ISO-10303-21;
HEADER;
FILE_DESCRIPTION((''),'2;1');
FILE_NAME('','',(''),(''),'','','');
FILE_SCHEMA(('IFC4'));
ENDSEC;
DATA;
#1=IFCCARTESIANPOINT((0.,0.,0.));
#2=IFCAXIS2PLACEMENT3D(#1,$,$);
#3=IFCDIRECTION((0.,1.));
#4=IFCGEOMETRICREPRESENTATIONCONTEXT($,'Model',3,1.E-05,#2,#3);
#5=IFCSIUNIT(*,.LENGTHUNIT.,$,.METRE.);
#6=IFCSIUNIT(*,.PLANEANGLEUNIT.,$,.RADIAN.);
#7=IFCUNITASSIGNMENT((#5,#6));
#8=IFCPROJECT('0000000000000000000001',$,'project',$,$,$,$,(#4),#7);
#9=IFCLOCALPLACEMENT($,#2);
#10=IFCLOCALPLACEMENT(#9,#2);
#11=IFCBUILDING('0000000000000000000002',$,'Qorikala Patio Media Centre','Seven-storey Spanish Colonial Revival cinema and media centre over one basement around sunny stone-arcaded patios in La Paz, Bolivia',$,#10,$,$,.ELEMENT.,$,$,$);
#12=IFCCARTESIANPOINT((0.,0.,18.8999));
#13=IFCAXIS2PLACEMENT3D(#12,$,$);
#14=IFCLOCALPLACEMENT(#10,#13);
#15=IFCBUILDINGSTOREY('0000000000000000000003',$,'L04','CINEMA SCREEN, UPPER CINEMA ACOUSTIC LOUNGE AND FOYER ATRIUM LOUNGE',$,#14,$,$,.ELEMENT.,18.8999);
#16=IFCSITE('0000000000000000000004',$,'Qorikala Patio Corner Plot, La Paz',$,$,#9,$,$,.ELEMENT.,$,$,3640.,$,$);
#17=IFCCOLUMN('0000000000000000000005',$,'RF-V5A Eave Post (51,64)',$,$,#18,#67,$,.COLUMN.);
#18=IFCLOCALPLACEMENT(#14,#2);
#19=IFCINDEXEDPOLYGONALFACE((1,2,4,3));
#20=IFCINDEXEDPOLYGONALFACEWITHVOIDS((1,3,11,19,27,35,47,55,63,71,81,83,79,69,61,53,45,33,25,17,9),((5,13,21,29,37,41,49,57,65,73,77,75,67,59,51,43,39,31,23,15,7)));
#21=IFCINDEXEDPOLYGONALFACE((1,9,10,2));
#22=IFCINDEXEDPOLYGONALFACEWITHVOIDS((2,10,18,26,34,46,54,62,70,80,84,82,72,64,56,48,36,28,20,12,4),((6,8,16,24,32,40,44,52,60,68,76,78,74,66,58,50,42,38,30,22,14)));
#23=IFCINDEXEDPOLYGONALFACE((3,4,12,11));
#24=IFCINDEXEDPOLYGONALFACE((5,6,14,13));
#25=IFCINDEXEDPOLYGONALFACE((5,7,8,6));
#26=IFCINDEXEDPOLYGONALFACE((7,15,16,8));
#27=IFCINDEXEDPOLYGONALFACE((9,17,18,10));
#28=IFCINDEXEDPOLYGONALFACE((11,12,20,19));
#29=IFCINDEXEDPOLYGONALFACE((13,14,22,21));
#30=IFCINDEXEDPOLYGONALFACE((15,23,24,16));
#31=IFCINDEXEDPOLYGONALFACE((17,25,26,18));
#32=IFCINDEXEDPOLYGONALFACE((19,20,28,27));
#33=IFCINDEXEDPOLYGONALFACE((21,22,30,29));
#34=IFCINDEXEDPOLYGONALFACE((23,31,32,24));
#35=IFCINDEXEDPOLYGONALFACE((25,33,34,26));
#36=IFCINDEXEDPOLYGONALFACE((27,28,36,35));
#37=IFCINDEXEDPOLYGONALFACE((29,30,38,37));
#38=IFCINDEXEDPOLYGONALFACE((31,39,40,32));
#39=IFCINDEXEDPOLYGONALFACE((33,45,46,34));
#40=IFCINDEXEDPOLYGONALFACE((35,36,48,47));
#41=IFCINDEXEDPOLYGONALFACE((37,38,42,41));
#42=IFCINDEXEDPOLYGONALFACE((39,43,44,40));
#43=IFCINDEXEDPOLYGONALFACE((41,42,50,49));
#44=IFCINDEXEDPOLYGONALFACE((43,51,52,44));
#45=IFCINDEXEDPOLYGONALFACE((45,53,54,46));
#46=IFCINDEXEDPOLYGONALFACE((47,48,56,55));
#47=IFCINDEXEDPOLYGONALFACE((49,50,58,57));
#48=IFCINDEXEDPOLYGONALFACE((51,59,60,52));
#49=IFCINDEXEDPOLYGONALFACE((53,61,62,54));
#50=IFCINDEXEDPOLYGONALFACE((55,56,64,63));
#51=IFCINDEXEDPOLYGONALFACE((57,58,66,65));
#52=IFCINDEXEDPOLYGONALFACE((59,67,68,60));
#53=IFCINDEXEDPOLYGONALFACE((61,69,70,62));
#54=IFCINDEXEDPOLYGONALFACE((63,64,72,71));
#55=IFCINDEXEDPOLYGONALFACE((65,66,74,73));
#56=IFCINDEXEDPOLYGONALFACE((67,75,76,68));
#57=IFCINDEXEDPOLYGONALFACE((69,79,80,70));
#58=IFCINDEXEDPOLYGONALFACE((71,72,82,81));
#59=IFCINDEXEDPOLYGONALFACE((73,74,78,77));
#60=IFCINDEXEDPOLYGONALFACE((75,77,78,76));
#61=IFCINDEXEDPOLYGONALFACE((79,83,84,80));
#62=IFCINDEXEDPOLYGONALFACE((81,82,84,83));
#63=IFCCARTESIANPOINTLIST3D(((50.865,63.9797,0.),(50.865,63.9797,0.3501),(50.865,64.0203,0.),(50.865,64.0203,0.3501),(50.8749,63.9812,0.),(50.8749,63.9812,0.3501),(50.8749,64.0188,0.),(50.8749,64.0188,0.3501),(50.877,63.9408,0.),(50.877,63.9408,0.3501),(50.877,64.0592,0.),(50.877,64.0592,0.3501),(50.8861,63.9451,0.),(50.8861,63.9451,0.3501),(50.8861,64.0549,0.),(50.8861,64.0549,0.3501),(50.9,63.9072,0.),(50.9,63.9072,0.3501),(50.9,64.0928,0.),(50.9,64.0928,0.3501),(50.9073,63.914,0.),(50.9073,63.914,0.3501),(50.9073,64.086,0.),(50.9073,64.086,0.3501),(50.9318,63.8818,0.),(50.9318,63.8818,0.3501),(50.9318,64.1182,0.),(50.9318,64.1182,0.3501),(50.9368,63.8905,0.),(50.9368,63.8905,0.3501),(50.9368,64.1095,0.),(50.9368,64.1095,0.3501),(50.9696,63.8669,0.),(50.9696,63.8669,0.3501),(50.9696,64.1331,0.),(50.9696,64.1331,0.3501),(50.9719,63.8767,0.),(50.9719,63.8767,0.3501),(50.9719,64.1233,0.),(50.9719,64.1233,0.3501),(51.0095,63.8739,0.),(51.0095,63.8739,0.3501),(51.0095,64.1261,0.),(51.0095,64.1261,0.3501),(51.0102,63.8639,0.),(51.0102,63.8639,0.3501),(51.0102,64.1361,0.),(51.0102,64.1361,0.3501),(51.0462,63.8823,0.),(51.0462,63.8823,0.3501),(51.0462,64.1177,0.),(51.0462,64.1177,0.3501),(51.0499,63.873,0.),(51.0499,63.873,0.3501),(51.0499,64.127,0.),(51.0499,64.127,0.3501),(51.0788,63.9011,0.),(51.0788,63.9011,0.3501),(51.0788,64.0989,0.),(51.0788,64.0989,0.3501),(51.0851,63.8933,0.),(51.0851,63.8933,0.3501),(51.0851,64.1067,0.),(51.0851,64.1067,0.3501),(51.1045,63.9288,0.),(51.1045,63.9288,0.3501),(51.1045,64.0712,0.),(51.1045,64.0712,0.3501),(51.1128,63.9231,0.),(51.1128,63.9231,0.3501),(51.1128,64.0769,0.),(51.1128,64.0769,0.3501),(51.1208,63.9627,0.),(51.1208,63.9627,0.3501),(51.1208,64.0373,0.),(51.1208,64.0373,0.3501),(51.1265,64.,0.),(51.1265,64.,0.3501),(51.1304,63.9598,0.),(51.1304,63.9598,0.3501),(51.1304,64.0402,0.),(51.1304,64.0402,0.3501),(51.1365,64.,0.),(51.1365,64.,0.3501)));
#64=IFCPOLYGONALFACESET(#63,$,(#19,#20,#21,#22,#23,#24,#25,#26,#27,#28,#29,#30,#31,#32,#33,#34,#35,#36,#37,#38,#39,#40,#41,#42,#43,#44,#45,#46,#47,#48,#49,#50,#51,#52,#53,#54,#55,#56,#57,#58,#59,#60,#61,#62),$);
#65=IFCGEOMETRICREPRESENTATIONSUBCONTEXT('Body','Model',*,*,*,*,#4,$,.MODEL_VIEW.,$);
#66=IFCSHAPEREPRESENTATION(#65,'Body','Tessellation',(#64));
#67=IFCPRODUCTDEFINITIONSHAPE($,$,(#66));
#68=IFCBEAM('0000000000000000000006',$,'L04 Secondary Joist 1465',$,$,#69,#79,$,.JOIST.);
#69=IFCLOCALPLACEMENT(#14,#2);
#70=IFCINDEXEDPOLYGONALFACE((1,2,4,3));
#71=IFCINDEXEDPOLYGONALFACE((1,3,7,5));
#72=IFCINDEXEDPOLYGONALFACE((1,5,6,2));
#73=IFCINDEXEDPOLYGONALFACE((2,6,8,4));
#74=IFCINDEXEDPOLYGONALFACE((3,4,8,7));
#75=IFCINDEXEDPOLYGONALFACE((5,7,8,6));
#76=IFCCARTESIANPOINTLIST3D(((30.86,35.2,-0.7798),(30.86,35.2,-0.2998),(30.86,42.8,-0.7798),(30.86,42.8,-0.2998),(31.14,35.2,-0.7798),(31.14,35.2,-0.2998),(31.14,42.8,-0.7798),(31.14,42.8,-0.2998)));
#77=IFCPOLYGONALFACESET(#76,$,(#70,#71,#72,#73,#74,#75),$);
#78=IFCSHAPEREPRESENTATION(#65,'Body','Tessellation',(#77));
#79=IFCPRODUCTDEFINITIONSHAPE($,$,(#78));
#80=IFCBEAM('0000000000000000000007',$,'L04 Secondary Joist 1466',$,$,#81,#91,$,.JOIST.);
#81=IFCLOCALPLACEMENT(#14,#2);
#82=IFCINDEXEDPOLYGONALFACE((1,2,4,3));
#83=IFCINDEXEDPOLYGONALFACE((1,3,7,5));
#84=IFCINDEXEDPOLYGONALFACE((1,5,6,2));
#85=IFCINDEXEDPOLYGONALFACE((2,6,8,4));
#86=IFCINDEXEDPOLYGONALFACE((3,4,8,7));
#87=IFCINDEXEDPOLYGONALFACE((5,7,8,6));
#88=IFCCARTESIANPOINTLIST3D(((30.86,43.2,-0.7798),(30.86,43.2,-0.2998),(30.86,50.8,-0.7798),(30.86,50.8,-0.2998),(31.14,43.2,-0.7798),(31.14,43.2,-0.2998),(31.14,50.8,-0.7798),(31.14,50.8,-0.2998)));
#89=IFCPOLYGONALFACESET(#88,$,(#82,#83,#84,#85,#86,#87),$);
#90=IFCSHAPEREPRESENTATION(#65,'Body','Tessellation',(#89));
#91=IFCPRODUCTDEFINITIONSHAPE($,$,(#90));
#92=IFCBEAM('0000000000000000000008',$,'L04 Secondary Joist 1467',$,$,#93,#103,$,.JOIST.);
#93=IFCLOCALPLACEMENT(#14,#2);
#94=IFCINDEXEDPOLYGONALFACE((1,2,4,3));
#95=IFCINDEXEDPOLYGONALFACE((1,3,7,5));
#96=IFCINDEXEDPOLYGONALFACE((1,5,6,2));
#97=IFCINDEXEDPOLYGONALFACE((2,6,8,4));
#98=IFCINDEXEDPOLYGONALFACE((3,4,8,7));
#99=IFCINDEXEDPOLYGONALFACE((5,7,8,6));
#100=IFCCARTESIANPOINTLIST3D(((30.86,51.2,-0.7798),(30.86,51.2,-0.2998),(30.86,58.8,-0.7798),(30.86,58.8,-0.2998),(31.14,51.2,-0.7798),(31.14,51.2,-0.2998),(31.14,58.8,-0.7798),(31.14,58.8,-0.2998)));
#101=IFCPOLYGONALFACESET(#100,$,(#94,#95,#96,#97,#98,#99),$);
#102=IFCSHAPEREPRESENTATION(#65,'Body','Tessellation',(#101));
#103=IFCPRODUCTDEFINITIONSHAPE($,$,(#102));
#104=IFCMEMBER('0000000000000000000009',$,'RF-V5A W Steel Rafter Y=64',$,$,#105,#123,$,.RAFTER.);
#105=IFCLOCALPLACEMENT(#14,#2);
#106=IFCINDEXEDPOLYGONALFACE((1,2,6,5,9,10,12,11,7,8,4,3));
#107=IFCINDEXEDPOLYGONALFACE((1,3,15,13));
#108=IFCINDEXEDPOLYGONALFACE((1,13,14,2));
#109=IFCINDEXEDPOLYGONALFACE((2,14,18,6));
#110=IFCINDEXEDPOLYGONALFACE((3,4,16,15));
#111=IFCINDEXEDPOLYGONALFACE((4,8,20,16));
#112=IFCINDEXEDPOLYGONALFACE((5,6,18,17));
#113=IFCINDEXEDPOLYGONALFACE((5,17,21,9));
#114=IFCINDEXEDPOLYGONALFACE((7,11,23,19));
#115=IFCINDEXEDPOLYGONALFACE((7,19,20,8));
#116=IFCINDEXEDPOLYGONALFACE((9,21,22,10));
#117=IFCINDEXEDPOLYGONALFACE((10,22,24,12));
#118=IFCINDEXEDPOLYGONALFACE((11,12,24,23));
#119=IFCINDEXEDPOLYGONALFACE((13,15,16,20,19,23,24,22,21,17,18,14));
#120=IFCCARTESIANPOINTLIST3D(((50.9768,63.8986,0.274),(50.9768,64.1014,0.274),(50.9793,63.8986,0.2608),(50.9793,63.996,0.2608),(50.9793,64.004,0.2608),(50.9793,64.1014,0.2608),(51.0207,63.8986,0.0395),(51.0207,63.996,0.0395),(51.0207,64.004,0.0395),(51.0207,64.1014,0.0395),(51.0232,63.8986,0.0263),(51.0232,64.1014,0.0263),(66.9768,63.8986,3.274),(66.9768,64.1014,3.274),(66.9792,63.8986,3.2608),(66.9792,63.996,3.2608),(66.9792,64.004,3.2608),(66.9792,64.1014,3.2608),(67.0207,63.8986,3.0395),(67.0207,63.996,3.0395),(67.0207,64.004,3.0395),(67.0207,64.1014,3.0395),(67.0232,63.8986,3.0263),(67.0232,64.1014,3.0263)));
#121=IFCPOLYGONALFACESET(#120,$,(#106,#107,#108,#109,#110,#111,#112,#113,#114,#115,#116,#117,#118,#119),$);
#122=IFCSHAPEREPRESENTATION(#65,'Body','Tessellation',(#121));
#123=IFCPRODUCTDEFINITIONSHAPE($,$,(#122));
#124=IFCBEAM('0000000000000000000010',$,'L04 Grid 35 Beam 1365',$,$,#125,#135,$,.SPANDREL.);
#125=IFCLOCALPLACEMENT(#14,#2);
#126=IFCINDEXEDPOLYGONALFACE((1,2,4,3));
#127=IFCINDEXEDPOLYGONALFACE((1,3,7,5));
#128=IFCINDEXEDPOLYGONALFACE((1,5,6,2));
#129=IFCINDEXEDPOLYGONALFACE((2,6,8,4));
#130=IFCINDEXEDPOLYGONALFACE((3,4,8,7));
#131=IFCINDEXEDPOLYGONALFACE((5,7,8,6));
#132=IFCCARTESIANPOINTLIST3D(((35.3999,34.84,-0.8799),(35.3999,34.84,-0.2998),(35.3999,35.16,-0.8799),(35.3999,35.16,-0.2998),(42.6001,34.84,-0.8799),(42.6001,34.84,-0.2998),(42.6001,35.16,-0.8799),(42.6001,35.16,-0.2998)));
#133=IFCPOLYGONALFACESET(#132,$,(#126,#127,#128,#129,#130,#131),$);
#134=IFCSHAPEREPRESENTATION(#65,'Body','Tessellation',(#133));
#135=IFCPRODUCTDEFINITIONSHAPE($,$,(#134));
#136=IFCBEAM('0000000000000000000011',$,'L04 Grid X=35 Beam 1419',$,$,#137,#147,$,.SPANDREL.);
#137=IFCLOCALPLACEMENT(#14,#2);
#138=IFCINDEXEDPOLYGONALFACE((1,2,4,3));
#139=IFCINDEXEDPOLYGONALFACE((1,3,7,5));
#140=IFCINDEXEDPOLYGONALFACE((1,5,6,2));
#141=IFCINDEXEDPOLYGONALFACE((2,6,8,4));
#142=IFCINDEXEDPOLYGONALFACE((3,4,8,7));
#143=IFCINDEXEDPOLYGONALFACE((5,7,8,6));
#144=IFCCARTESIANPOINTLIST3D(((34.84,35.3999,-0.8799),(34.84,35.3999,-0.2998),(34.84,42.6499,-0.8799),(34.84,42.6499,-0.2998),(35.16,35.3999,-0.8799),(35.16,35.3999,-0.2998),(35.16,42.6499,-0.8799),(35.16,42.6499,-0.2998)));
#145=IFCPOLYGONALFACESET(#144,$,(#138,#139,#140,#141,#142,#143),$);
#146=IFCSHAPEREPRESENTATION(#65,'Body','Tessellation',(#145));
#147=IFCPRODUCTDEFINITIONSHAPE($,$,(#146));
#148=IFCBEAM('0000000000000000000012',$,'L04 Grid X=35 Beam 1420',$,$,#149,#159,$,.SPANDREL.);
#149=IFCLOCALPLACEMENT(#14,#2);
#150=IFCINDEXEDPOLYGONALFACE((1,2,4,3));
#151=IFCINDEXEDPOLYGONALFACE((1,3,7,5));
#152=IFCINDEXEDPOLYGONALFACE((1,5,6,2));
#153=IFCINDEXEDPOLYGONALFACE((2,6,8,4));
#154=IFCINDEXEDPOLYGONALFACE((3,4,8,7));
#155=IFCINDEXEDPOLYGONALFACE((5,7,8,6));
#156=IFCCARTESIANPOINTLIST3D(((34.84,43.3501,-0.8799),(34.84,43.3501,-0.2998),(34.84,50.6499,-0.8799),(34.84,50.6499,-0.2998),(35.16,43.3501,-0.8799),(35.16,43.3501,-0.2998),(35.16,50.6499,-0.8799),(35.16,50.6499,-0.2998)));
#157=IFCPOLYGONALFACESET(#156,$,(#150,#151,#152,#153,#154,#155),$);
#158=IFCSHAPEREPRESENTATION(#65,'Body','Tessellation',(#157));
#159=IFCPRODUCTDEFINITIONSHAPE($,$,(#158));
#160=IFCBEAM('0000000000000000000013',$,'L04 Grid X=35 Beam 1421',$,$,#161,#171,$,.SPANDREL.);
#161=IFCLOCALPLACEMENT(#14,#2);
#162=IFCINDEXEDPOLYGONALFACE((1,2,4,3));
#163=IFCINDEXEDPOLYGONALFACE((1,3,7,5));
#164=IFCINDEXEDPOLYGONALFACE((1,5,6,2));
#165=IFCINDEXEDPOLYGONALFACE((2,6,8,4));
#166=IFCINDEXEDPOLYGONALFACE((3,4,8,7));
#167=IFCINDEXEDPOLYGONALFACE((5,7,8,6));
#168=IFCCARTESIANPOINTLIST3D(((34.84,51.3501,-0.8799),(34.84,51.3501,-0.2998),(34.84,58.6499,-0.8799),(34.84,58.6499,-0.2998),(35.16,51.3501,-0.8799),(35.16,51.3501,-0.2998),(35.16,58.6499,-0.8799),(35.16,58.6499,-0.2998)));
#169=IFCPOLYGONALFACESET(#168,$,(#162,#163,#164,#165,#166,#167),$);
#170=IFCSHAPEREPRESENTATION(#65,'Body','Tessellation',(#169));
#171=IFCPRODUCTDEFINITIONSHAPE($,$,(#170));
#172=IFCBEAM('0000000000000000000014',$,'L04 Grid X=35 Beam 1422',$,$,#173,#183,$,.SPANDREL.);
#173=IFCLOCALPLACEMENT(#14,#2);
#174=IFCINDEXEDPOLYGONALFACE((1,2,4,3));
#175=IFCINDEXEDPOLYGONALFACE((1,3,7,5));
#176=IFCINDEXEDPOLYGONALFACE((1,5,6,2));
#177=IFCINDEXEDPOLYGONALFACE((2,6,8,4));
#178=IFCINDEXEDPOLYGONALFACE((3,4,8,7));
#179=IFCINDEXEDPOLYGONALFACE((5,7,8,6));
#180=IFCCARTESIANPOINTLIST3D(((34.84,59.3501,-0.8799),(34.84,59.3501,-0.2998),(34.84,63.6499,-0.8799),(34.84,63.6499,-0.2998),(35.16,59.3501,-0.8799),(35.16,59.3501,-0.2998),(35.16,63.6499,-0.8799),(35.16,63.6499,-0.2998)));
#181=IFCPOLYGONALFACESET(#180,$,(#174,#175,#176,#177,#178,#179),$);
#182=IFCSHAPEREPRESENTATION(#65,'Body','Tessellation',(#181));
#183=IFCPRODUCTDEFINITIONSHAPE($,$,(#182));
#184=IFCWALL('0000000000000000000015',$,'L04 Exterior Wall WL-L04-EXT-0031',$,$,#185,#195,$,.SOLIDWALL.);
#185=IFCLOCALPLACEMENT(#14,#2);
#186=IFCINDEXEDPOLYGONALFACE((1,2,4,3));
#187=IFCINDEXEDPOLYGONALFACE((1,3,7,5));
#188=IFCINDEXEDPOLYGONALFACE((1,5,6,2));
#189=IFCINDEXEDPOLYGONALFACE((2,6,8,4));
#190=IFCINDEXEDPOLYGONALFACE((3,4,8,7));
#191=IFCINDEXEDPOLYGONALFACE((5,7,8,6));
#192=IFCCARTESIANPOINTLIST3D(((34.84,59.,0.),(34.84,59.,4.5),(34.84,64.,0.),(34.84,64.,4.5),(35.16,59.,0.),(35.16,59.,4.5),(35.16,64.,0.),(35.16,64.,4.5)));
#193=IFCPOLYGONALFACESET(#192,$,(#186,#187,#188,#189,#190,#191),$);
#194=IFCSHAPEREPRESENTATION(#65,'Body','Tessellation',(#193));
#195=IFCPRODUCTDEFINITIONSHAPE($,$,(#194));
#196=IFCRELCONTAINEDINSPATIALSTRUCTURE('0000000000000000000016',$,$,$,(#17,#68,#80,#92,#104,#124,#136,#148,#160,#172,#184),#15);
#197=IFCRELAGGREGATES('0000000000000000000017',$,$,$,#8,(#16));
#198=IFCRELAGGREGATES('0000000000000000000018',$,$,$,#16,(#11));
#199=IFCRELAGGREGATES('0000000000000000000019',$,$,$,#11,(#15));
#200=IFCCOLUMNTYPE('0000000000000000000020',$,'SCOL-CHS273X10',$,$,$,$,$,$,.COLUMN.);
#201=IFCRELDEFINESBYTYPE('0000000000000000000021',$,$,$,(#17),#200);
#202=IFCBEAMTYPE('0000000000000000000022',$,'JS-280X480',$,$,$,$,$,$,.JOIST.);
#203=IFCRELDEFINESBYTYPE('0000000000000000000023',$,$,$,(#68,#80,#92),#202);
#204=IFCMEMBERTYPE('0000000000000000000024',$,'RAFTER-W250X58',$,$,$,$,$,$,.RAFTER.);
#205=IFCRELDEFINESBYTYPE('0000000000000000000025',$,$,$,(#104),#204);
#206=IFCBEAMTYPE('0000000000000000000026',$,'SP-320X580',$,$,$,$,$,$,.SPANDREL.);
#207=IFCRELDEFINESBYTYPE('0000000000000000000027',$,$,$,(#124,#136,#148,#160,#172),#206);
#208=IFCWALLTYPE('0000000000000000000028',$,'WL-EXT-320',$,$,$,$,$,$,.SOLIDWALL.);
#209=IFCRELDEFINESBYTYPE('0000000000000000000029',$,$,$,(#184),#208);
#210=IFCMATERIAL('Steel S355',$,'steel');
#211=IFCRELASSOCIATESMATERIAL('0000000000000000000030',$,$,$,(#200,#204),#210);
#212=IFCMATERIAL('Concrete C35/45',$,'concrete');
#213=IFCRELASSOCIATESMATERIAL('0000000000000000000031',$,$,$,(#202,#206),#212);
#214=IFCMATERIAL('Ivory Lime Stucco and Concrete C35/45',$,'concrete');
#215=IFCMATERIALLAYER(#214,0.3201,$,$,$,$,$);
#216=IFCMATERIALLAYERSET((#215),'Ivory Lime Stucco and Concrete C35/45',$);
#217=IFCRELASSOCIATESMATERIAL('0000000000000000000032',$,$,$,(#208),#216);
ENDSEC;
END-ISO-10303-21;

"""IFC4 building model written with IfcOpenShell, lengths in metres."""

from ifc_helpers import new_model, si_unit, direction, frame, frame_2d, origin, origin_2d, place, context, subcontext, project, spatial, rectangle, hollow_circle, i_section, extrude, material, layer, layer_set, material_profile, profile_set, type_object, element, save


model = new_model("IFC4")

# Units and contexts
model_context = context("Model", 3, precision=1e-05, world=origin(), true_north=direction((0.0, 1.0)))
body_context = subcontext(model_context, "Body", "Model", "MODEL_VIEW")
ifc_project = project(units=[si_unit("LENGTHUNIT", "METRE"), si_unit("PLANEANGLEUNIT", "RADIAN")], contexts=[model_context])

# Site, building, storey
site_placement = place(None, origin())
site = spatial("IfcSite", under=ifc_project, at=site_placement, Name="Qorikala Patio Corner Plot, La Paz", CompositionType="ELEMENT", RefElevation=3640.0)
building_placement = place(site_placement, origin())
building = spatial("IfcBuilding", under=site, at=building_placement, Name="Qorikala Patio Media Centre", Description="Seven-storey Spanish Colonial Revival cinema and media centre over one basement around sunny stone-arcaded patios in La Paz, Bolivia", CompositionType="ELEMENT")
storey_placement = place(building_placement, frame((0.0, 0.0, 18.8999)))
storey = spatial("IfcBuildingStorey", under=building, at=storey_placement, Name="L04", Description="CINEMA SCREEN, UPPER CINEMA ACOUSTIC LOUNGE AND FOYER ATRIUM LOUNGE", CompositionType="ELEMENT", Elevation=18.8999)

# Column
ifc_material_1 = material(Name="Concrete C35/45", Category="concrete")
ifc_material_2 = material(Name="Steel S355", Category="steel")
ifc_material_profile_1 = material_profile(ifc_material_2, hollow_circle(Radius=0.1365, WallThickness=0.01, at=origin_2d()), Name="CHS273X10")
ifc_profile_set_1 = profile_set([ifc_material_profile_1], Name="Steel S355")
column_type_1 = type_object("IfcColumnType", Name="SCOL-CHS273X10", PredefinedType="COLUMN", material=ifc_profile_set_1)
column_1_placement = place(storey_placement, frame((51.0, 64.0, 0.0), z_axis=(0.0, 0.0, 1.0), x_axis=(1.0, 0.0, 0.0)))
element("IfcColumn", 1, at=column_1_placement, inside=storey, type_object=column_type_1, Name="RF-V5A Eave Post (51,64)", PredefinedType="COLUMN", context=body_context, shape_type="SweptSolid", body=[
    extrude(hollow_circle(Radius=0.1365, WallThickness=0.01, at=origin_2d()), origin(), (0.0, 0.0, 1.0), 0.3501),
])

# Beams
ifc_material_profile_2 = material_profile(ifc_material_1, rectangle(XDim=0.28, YDim=0.48, at=origin_2d()), Name="RC 280x480")
ifc_profile_set_2 = profile_set([ifc_material_profile_2], Name="Concrete C35/45")
beam_type_1 = type_object("IfcBeamType", Name="JS-280X480", PredefinedType="JOIST", material=ifc_profile_set_2)
for number, where, z_axis, x_axis, name in (
    (2, (31.0, 35.2, -0.5398), (0.0, 1.0, 0.0), (-1.0, 0.0, 0.0), "L04 Secondary Joist 1465"),
    (3, (31.0, 43.2, -0.5398), (0.0, 1.0, 0.0), (-1.0, 0.0, 0.0), "L04 Secondary Joist 1466"),
    (4, (31.0, 51.2, -0.5398), (0.0, 1.0, 0.0), (-1.0, 0.0, 0.0), "L04 Secondary Joist 1467"),
):
    element("IfcBeam", number, at=place(storey_placement, frame(where, z_axis=z_axis, x_axis=x_axis)), inside=storey, type_object=beam_type_1, Name=name, PredefinedType="JOIST", context=body_context, shape_type="SweptSolid", body=[
        extrude(rectangle(XDim=0.28, YDim=0.48, at=origin_2d()), origin(), (0.0, 0.0, 1.0), 7.6001),
    ])

# Member
ifc_material_profile_3 = material_profile(ifc_material_2, i_section(OverallWidth=0.2029, OverallDepth=0.252, WebThickness=0.0081, FlangeThickness=0.0134, at=origin_2d()), Name="W250X58")
ifc_profile_set_3 = profile_set([ifc_material_profile_3], Name="Steel S355")
member_type = type_object("IfcMemberType", Name="RAFTER-W250X58", PredefinedType="RAFTER", material=ifc_profile_set_3)
member_placement = place(storey_placement, frame((51.0, 64.0, 0.1501), z_axis=(0.982872, 0.0, 0.184289), x_axis=(0.0, 1.0, 0.0)))
element("IfcMember", 5, at=member_placement, inside=storey, type_object=member_type, Name="RF-V5A W Steel Rafter Y=64", PredefinedType="RAFTER", context=body_context, shape_type="SweptSolid", body=[
    extrude(i_section(OverallWidth=0.2029, OverallDepth=0.252, WebThickness=0.0081, FlangeThickness=0.0134, at=origin_2d()), origin(), (0.0, 0.0, 1.0), 16.2788),
])

# Beams
ifc_material_profile_4 = material_profile(ifc_material_1, rectangle(XDim=0.3201, YDim=0.5801, at=origin_2d()), Name="RC 320x580")
ifc_profile_set_4 = profile_set([ifc_material_profile_4], Name="Concrete C35/45")
beam_type_2 = type_object("IfcBeamType", Name="SP-320X580", PredefinedType="SPANDREL", material=ifc_profile_set_4)
beam_1_placement = place(storey_placement, frame((35.3999, 35.0, -0.5898), z_axis=(1.0, 0.0, 0.0), x_axis=(0.0, 1.0, 0.0)))
element("IfcBeam", 6, at=beam_1_placement, inside=storey, type_object=beam_type_2, Name="L04 Grid 35 Beam 1365", PredefinedType="SPANDREL", context=body_context, shape_type="SweptSolid", body=[
    extrude(rectangle(XDim=0.3201, YDim=0.5801, at=origin_2d()), origin(), (0.0, 0.0, 1.0), 7.2002),
])
beam_2_placement = place(storey_placement, frame((35.0, 35.3999, -0.5898), z_axis=(0.0, 1.0, 0.0), x_axis=(-1.0, 0.0, 0.0)))
element("IfcBeam", 7, at=beam_2_placement, inside=storey, type_object=beam_type_2, Name="L04 Grid X=35 Beam 1419", PredefinedType="SPANDREL", context=body_context, shape_type="SweptSolid", body=[
    extrude(rectangle(XDim=0.3201, YDim=0.5801, at=origin_2d()), origin(), (0.0, 0.0, 1.0), 7.25),
])
for number, where, z_axis, x_axis, name in (
    (8, (35.0, 43.3501, -0.5898), (0.0, 1.0, 0.0), (-1.0, 0.0, 0.0), "L04 Grid X=35 Beam 1420"),
    (9, (35.0, 51.3501, -0.5898), (0.0, 1.0, 0.0), (-1.0, 0.0, 0.0), "L04 Grid X=35 Beam 1421"),
):
    element("IfcBeam", number, at=place(storey_placement, frame(where, z_axis=z_axis, x_axis=x_axis)), inside=storey, type_object=beam_type_2, Name=name, PredefinedType="SPANDREL", context=body_context, shape_type="SweptSolid", body=[
        extrude(rectangle(XDim=0.3201, YDim=0.5801, at=origin_2d()), origin(), (0.0, 0.0, 1.0), 7.2998),
    ])
beam_3_placement = place(storey_placement, frame((35.0, 59.3501, -0.5898), z_axis=(0.0, 1.0, 0.0), x_axis=(-1.0, 0.0, 0.0)))
element("IfcBeam", 10, at=beam_3_placement, inside=storey, type_object=beam_type_2, Name="L04 Grid X=35 Beam 1422", PredefinedType="SPANDREL", context=body_context, shape_type="SweptSolid", body=[
    extrude(rectangle(XDim=0.3201, YDim=0.5801, at=origin_2d()), origin(), (0.0, 0.0, 1.0), 4.2998),
])

# Wall
ifc_material_3 = material(Name="Ivory Lime Stucco and Concrete C35/45", Category="concrete")
ifc_layer_1 = layer(ifc_material_3, 0.3201)
ifc_layer_set_1 = layer_set([ifc_layer_1], Name="Ivory Lime Stucco and Concrete C35/45")
wall_type_1 = type_object("IfcWallType", Name="WL-EXT-320", PredefinedType="SOLIDWALL", material=ifc_layer_set_1)
wall_1_placement = place(storey_placement, frame((35.0, 64.0, 0.0), z_axis=(0.0, 0.0, 1.0), x_axis=(0.0, -1.0, 0.0)))
element("IfcWall", 11, at=wall_1_placement, inside=storey, type_object=wall_type_1, Name="L04 Exterior Wall WL-L04-EXT-0031", PredefinedType="SOLIDWALL", context=body_context, shape_type="SweptSolid", body=[
    extrude(rectangle(XDim=5.0, YDim=0.3201, at=frame_2d((2.5, 0.0))), origin(), (0.0, 0.0, 1.0), 4.5),
])

save(model, "model.ifc")
